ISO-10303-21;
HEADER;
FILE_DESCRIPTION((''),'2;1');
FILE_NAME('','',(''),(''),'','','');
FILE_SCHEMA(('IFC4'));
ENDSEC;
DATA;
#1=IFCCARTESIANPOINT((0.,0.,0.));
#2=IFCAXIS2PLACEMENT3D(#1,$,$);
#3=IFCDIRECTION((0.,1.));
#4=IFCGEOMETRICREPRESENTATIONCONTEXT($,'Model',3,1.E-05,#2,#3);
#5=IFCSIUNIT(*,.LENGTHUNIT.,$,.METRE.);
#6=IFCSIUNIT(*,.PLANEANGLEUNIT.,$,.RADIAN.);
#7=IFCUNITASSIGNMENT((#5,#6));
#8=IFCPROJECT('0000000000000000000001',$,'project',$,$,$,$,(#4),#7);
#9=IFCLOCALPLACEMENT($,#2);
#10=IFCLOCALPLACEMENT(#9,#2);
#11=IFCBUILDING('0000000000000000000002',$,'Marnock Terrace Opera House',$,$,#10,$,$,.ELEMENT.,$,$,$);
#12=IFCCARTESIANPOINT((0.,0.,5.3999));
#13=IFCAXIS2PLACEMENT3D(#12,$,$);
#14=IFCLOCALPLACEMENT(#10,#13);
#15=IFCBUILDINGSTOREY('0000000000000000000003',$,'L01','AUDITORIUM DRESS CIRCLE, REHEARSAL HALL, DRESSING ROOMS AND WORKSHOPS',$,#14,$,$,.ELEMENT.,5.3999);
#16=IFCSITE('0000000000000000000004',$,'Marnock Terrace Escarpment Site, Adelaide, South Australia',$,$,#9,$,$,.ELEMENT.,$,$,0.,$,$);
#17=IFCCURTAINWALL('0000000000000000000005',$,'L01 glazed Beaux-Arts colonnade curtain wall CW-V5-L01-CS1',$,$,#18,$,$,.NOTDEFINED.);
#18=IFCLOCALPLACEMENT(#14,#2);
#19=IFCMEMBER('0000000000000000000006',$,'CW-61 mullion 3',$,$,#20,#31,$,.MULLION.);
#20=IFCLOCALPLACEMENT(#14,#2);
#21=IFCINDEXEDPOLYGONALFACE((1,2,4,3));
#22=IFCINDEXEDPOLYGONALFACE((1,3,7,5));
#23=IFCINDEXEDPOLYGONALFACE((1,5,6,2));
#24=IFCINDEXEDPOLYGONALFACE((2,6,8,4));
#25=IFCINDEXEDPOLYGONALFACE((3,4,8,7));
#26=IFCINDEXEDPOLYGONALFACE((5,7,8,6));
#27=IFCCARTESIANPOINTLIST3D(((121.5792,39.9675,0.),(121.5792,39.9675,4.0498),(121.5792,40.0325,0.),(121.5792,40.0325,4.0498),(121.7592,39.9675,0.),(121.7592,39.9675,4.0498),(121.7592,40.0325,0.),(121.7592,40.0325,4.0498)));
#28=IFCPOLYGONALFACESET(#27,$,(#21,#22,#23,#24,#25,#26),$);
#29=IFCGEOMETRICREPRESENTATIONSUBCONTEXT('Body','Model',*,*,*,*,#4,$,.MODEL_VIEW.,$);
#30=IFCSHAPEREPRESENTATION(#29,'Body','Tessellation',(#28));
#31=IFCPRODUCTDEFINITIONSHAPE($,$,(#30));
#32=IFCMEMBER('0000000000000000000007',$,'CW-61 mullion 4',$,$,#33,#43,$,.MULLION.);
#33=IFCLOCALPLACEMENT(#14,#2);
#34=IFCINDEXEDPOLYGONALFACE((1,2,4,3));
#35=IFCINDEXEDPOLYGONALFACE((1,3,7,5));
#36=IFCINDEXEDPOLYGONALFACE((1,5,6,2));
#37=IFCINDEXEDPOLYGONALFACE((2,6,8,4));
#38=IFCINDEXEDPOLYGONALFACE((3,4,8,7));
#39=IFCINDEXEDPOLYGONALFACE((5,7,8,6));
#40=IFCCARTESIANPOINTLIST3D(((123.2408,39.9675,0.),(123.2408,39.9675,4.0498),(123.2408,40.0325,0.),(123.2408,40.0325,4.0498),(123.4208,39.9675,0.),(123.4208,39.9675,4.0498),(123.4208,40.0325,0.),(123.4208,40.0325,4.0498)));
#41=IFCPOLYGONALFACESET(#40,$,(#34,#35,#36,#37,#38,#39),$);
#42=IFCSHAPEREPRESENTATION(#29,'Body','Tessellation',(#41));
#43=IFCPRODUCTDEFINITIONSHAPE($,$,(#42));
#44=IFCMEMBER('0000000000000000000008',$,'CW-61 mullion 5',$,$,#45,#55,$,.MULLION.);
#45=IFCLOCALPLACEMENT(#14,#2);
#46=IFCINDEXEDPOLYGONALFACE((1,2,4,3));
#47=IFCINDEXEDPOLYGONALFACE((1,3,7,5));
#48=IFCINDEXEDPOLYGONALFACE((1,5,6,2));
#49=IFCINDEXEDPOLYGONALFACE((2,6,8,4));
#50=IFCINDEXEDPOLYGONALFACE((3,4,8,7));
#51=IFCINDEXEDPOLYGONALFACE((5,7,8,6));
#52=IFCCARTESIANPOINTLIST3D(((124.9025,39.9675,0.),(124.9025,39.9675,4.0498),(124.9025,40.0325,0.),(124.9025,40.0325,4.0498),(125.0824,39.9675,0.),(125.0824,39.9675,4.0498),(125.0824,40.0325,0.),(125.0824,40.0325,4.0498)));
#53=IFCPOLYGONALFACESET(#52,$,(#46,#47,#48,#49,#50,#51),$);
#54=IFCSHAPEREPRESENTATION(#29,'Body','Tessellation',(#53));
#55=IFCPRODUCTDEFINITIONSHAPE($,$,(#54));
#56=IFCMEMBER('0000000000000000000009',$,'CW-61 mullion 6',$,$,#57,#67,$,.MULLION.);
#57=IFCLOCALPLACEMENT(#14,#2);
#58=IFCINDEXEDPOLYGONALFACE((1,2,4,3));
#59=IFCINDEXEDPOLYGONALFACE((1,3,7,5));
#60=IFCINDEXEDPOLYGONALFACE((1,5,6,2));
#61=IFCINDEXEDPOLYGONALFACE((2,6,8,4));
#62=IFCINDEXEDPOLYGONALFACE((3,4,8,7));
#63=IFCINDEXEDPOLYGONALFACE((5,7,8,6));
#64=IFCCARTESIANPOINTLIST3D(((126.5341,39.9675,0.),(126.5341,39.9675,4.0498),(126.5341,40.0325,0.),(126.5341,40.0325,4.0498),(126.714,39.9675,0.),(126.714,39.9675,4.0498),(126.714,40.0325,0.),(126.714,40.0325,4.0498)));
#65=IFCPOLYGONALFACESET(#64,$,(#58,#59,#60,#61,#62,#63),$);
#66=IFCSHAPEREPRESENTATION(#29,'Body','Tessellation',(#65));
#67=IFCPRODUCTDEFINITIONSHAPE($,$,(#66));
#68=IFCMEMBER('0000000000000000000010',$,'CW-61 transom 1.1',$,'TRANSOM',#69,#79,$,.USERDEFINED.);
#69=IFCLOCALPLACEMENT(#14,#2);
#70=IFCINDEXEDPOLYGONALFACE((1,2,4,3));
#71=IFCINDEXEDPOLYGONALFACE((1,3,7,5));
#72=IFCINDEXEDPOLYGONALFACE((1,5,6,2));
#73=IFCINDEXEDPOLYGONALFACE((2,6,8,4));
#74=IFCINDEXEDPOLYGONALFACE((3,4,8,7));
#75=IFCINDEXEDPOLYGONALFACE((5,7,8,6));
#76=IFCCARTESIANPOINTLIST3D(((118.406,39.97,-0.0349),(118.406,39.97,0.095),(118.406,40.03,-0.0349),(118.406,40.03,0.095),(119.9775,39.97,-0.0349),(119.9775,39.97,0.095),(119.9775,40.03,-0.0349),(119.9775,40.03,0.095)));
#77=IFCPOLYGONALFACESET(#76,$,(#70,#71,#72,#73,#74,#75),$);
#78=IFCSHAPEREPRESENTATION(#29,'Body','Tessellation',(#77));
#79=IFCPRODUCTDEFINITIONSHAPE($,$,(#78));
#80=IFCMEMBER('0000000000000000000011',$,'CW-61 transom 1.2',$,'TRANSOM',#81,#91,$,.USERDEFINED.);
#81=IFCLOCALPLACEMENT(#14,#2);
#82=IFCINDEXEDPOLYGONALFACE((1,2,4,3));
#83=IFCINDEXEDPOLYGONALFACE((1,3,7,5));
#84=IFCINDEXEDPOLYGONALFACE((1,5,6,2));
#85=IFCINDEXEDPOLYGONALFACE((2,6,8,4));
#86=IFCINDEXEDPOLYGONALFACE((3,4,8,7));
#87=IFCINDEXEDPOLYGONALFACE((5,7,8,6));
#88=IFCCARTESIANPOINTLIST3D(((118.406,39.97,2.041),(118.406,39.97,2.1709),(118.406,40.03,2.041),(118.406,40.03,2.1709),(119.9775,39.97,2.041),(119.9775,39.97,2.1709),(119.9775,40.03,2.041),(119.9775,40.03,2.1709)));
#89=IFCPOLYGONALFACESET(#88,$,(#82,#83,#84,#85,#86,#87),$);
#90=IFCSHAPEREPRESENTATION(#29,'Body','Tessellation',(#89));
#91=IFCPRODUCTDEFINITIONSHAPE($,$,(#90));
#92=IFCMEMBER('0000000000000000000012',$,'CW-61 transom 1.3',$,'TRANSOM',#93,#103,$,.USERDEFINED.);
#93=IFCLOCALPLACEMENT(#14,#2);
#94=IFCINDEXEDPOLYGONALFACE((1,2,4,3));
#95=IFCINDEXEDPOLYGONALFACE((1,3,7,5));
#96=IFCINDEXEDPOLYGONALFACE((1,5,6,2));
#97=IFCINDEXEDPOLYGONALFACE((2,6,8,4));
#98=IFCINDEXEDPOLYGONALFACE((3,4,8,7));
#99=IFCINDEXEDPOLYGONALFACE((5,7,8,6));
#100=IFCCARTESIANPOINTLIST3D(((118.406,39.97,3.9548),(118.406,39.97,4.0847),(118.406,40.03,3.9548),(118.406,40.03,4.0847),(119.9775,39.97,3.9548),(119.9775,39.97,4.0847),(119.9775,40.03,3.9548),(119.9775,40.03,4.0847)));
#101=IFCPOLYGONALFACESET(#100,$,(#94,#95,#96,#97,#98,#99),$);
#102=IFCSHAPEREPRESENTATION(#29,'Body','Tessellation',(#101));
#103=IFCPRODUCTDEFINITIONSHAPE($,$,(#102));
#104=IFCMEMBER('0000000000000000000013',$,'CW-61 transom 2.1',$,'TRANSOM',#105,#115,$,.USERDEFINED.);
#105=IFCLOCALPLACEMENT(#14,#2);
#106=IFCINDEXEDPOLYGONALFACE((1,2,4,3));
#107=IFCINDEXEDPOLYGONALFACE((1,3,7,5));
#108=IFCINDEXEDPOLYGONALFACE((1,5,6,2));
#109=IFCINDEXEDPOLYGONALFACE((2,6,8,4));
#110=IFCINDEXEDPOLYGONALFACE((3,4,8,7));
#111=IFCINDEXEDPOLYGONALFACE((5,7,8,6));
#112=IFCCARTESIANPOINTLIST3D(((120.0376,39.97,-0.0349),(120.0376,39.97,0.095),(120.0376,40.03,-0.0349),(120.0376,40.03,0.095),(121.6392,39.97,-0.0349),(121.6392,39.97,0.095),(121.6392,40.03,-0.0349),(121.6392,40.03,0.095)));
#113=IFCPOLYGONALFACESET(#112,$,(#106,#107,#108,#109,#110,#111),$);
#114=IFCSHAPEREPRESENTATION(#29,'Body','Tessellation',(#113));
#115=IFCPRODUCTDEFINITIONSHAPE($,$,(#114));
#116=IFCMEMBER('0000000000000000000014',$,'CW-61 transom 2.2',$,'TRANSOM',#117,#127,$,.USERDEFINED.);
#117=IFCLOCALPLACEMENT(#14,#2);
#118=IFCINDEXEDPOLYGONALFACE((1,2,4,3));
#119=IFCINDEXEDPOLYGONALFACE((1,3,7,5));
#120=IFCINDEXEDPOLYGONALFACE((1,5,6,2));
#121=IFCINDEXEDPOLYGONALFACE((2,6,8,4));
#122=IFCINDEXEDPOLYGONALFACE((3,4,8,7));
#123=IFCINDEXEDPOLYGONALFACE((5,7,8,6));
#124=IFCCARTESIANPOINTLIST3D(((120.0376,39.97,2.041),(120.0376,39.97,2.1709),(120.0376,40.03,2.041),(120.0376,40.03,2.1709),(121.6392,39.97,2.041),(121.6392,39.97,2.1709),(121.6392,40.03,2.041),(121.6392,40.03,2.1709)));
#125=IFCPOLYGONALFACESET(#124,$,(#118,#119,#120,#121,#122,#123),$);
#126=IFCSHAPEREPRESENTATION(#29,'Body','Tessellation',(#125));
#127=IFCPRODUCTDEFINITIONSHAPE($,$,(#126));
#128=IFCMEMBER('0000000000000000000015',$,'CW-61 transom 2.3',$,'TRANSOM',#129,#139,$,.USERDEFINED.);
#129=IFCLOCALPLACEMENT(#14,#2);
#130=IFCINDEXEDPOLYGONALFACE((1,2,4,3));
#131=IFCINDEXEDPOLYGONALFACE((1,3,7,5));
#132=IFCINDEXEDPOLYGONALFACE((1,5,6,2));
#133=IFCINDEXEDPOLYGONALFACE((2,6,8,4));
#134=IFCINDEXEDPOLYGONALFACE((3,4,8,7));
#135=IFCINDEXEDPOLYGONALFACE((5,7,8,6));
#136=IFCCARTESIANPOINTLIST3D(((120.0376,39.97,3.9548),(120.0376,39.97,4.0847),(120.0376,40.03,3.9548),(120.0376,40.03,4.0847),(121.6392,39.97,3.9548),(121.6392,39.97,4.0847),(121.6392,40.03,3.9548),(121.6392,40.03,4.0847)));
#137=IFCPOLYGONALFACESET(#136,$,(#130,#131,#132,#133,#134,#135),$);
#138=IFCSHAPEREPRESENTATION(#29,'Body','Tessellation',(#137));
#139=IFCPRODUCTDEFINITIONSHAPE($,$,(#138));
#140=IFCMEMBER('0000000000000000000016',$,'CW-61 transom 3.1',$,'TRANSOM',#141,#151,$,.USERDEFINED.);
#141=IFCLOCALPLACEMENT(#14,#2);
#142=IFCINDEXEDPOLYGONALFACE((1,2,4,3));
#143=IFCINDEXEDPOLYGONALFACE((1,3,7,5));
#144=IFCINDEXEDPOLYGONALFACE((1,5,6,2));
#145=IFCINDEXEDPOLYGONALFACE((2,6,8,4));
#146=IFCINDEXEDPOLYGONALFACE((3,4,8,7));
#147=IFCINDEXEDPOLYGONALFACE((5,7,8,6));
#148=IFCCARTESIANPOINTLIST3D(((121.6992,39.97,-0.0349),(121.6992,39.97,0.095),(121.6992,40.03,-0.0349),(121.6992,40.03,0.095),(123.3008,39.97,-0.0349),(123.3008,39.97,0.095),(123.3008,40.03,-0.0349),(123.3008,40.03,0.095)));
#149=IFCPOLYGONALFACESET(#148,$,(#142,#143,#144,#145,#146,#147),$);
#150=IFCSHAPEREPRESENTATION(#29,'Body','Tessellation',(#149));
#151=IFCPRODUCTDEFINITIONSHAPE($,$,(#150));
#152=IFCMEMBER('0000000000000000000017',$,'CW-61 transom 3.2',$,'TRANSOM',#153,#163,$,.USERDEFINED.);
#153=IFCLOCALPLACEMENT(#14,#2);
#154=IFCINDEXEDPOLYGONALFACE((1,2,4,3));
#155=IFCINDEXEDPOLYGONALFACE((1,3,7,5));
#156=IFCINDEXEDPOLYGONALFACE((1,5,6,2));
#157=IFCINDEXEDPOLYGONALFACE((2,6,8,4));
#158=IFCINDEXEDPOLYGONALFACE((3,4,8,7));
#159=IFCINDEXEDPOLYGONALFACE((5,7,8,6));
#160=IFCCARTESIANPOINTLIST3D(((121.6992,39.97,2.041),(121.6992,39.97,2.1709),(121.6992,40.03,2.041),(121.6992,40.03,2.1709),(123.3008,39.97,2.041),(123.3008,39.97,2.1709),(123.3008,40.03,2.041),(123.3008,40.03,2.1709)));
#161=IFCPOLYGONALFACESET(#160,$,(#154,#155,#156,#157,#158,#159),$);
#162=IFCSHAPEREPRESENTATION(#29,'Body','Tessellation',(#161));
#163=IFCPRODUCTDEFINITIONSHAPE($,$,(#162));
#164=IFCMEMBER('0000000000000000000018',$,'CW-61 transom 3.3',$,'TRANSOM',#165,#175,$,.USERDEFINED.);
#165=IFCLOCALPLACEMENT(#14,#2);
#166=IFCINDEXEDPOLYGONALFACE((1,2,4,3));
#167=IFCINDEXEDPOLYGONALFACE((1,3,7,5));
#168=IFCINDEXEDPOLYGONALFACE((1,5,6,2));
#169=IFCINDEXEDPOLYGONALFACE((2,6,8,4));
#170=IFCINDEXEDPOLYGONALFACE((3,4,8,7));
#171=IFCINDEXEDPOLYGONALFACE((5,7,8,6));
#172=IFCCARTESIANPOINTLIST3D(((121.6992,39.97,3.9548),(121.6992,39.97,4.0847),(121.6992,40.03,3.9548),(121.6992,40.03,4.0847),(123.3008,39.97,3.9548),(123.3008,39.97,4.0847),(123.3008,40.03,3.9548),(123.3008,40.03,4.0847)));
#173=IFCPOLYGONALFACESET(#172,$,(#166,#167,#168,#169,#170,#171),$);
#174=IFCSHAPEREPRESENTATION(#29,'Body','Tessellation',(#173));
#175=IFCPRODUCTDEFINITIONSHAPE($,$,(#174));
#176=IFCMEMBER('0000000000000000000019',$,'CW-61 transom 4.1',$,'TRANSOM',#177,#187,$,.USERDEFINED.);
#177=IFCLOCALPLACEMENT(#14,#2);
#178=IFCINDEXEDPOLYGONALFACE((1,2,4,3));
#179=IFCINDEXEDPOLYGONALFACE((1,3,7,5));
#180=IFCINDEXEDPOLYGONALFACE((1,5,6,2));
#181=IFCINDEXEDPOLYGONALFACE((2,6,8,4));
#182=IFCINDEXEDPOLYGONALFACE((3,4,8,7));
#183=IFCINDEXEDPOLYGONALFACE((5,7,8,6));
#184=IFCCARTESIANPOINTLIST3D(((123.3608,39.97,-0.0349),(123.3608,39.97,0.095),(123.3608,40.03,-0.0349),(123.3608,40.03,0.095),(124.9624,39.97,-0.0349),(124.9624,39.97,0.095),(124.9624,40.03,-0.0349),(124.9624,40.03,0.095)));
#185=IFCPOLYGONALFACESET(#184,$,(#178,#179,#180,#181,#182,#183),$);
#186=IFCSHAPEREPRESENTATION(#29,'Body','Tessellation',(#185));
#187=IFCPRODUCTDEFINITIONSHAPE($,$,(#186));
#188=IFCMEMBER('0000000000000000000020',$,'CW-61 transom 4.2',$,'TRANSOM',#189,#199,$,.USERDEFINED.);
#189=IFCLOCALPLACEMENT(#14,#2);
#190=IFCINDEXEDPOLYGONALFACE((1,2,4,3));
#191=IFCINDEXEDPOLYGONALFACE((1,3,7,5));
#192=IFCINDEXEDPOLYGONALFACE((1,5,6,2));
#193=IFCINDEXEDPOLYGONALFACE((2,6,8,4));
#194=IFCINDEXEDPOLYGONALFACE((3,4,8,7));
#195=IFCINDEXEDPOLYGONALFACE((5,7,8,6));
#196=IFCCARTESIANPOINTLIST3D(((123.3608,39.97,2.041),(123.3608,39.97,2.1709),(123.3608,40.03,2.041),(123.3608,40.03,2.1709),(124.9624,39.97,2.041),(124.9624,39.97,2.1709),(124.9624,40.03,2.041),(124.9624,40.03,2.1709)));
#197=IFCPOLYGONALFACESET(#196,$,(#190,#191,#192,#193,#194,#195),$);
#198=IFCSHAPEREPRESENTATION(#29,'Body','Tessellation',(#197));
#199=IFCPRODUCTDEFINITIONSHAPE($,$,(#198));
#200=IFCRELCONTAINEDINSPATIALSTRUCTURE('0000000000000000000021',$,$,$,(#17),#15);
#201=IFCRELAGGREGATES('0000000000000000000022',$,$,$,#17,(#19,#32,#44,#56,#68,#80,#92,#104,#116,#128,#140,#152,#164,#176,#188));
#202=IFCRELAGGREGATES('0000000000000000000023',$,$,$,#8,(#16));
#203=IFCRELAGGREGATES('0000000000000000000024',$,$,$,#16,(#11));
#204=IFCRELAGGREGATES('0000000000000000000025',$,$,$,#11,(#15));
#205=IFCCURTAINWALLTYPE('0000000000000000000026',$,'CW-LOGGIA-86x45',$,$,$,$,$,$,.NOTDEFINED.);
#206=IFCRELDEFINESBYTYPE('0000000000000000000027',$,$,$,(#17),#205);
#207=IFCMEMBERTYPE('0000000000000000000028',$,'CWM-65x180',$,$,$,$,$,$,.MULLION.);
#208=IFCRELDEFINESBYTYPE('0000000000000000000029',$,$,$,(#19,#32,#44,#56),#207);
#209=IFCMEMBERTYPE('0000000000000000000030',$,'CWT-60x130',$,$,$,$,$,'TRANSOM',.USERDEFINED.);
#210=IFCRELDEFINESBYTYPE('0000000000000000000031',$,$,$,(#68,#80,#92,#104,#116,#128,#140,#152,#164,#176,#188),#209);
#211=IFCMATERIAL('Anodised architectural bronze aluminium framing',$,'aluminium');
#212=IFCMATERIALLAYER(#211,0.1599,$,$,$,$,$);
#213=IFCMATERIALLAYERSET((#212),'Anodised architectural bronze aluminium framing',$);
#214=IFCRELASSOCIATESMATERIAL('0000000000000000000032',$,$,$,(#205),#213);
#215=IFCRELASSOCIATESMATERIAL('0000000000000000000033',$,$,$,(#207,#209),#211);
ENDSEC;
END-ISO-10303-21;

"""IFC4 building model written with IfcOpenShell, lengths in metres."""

from ifc_helpers import new_model, si_unit, direction, frame, origin, origin_2d, place, context, subcontext, project, spatial, rectangle, extrude, material, layer, layer_set, material_profile, profile_set, type_object, element, aggregate, save


model = new_model("IFC4")

# Units and contexts
model_context = context("Model", 3, precision=1e-05, world=origin(), true_north=direction((0.0, 1.0)))
body_context = subcontext(model_context, "Body", "Model", "MODEL_VIEW")
ifc_project = project(units=[si_unit("LENGTHUNIT", "METRE"), si_unit("PLANEANGLEUNIT", "RADIAN")], contexts=[model_context])

# Site, building, storey
site_placement = place(None, origin())
site = spatial("IfcSite", under=ifc_project, at=site_placement, Name="Marnock Terrace Escarpment Site, Adelaide, South Australia", CompositionType="ELEMENT", RefElevation=0.0)
building_placement = place(site_placement, origin())
building = spatial("IfcBuilding", under=site, at=building_placement, Name="Marnock Terrace Opera House", CompositionType="ELEMENT")
storey_placement = place(building_placement, frame((0.0, 0.0, 5.3999)))
storey = spatial("IfcBuildingStorey", under=building, at=storey_placement, Name="L01", Description="AUDITORIUM DRESS CIRCLE, REHEARSAL HALL, DRESSING ROOMS AND WORKSHOPS", CompositionType="ELEMENT", Elevation=5.3999)

# Shared definitions
ifc_material_1 = material(Name="Anodised architectural bronze aluminium framing", Category="aluminium")
ifc_layer_1 = layer(ifc_material_1, 0.1599)
ifc_layer_set_1 = layer_set([ifc_layer_1], Name="Anodised architectural bronze aluminium framing")
curtain_wall_type = type_object("IfcCurtainWallType", Name="CW-LOGGIA-86x45", PredefinedType="NOTDEFINED", material=ifc_layer_set_1)
ifc_material_profile_1 = material_profile(ifc_material_1, rectangle(XDim=0.0649, YDim=0.1799, at=origin_2d()))
ifc_profile_set_1 = profile_set([ifc_material_profile_1], Name="Anodised architectural bronze aluminium framing")
member_type_1 = type_object("IfcMemberType", Name="CWM-65x180", PredefinedType="MULLION", material=ifc_profile_set_1)

# Curtain wall, members
curtain_wall_1_placement = place(storey_placement, origin())
curtain_wall_1 = element("IfcCurtainWall", 1, at=curtain_wall_1_placement, inside=storey, type_object=curtain_wall_type, Name="L01 glazed Beaux-Arts colonnade curtain wall CW-V5-L01-CS1", PredefinedType="NOTDEFINED")
member_1_placement = place(storey_placement, frame((121.6692, 40.0, 0.0), z_axis=(0.0, 0.0, 1.0), x_axis=(0.0, 1.0, 0.0)))
member_1 = element("IfcMember", 2, at=member_1_placement, type_object=member_type_1, Name="CW-61 mullion 3", PredefinedType="MULLION", context=body_context, shape_type="SweptSolid", body=[
    extrude(rectangle(XDim=0.0649, YDim=0.1799, at=origin_2d()), origin(), (0.0, 0.0, 1.0), 4.0498),
])
member_2_placement = place(storey_placement, frame((123.3308, 40.0, 0.0), z_axis=(0.0, 0.0, 1.0), x_axis=(0.0, 1.0, 0.0)))
member_2 = element("IfcMember", 3, at=member_2_placement, type_object=member_type_1, Name="CW-61 mullion 4", PredefinedType="MULLION", context=body_context, shape_type="SweptSolid", body=[
    extrude(rectangle(XDim=0.0649, YDim=0.1799, at=origin_2d()), origin(), (0.0, 0.0, 1.0), 4.0498),
])
member_3_placement = place(storey_placement, frame((124.9924, 40.0, 0.0), z_axis=(0.0, 0.0, 1.0), x_axis=(0.0, 1.0, 0.0)))
member_3 = element("IfcMember", 4, at=member_3_placement, type_object=member_type_1, Name="CW-61 mullion 5", PredefinedType="MULLION", context=body_context, shape_type="SweptSolid", body=[
    extrude(rectangle(XDim=0.0649, YDim=0.1799, at=origin_2d()), origin(), (0.0, 0.0, 1.0), 4.0498),
])
member_4_placement = place(storey_placement, frame((126.624, 40.0, 0.0), z_axis=(0.0, 0.0, 1.0), x_axis=(0.0, 1.0, 0.0)))
member_4 = element("IfcMember", 5, at=member_4_placement, type_object=member_type_1, Name="CW-61 mullion 6", PredefinedType="MULLION", context=body_context, shape_type="SweptSolid", body=[
    extrude(rectangle(XDim=0.0649, YDim=0.1799, at=origin_2d()), origin(), (0.0, 0.0, 1.0), 4.0498),
])
ifc_material_profile_2 = material_profile(ifc_material_1, rectangle(XDim=0.0601, YDim=0.1299, at=origin_2d()))
ifc_profile_set_2 = profile_set([ifc_material_profile_2], Name="Anodised architectural bronze aluminium framing")
member_type_2 = type_object("IfcMemberType", Name="CWT-60x130", ElementType="TRANSOM", PredefinedType="USERDEFINED", material=ifc_profile_set_2)
member_5_placement = place(storey_placement, frame((118.406, 40.0, 0.03), z_axis=(1.0, 0.0, 0.0), x_axis=(0.0, 1.0, 0.0)))
member_5 = element("IfcMember", 6, at=member_5_placement, type_object=member_type_2, Name="CW-61 transom 1.1", ObjectType="TRANSOM", PredefinedType="USERDEFINED", context=body_context, shape_type="SweptSolid", body=[
    extrude(rectangle(XDim=0.0601, YDim=0.1299, at=origin_2d()), origin(), (0.0, 0.0, 1.0), 1.5715),
])
member_6_placement = place(storey_placement, frame((118.406, 40.0, 2.106), z_axis=(1.0, 0.0, 0.0), x_axis=(0.0, 1.0, 0.0)))
member_6 = element("IfcMember", 7, at=member_6_placement, type_object=member_type_2, Name="CW-61 transom 1.2", ObjectType="TRANSOM", PredefinedType="USERDEFINED", context=body_context, shape_type="SweptSolid", body=[
    extrude(rectangle(XDim=0.0601, YDim=0.1299, at=origin_2d()), origin(), (0.0, 0.0, 1.0), 1.5715),
])
member_7_placement = place(storey_placement, frame((118.406, 40.0, 4.0198), z_axis=(1.0, 0.0, 0.0), x_axis=(0.0, 1.0, 0.0)))
member_7 = element("IfcMember", 8, at=member_7_placement, type_object=member_type_2, Name="CW-61 transom 1.3", ObjectType="TRANSOM", PredefinedType="USERDEFINED", context=body_context, shape_type="SweptSolid", body=[
    extrude(rectangle(XDim=0.0601, YDim=0.1299, at=origin_2d()), origin(), (0.0, 0.0, 1.0), 1.5715),
])
member_8_placement = place(storey_placement, frame((120.0376, 40.0, 0.03), z_axis=(1.0, 0.0, 0.0), x_axis=(0.0, 1.0, 0.0)))
member_8 = element("IfcMember", 9, at=member_8_placement, type_object=member_type_2, Name="CW-61 transom 2.1", ObjectType="TRANSOM", PredefinedType="USERDEFINED", context=body_context, shape_type="SweptSolid", body=[
    extrude(rectangle(XDim=0.0601, YDim=0.1299, at=origin_2d()), origin(), (0.0, 0.0, 1.0), 1.6016),
])
member_9_placement = place(storey_placement, frame((120.0376, 40.0, 2.106), z_axis=(1.0, 0.0, 0.0), x_axis=(0.0, 1.0, 0.0)))
member_9 = element("IfcMember", 10, at=member_9_placement, type_object=member_type_2, Name="CW-61 transom 2.2", ObjectType="TRANSOM", PredefinedType="USERDEFINED", context=body_context, shape_type="SweptSolid", body=[
    extrude(rectangle(XDim=0.0601, YDim=0.1299, at=origin_2d()), origin(), (0.0, 0.0, 1.0), 1.6016),
])
member_10_placement = place(storey_placement, frame((120.0376, 40.0, 4.0198), z_axis=(1.0, 0.0, 0.0), x_axis=(0.0, 1.0, 0.0)))
member_10 = element("IfcMember", 11, at=member_10_placement, type_object=member_type_2, Name="CW-61 transom 2.3", ObjectType="TRANSOM", PredefinedType="USERDEFINED", context=body_context, shape_type="SweptSolid", body=[
    extrude(rectangle(XDim=0.0601, YDim=0.1299, at=origin_2d()), origin(), (0.0, 0.0, 1.0), 1.6016),
])
member_11_placement = place(storey_placement, frame((121.6992, 40.0, 0.03), z_axis=(1.0, 0.0, 0.0), x_axis=(0.0, 1.0, 0.0)))
member_11 = element("IfcMember", 12, at=member_11_placement, type_object=member_type_2, Name="CW-61 transom 3.1", ObjectType="TRANSOM", PredefinedType="USERDEFINED", context=body_context, shape_type="SweptSolid", body=[
    extrude(rectangle(XDim=0.0601, YDim=0.1299, at=origin_2d()), origin(), (0.0, 0.0, 1.0), 1.6016),
])
member_12_placement = place(storey_placement, frame((121.6992, 40.0, 2.106), z_axis=(1.0, 0.0, 0.0), x_axis=(0.0, 1.0, 0.0)))
member_12 = element("IfcMember", 13, at=member_12_placement, type_object=member_type_2, Name="CW-61 transom 3.2", ObjectType="TRANSOM", PredefinedType="USERDEFINED", context=body_context, shape_type="SweptSolid", body=[
    extrude(rectangle(XDim=0.0601, YDim=0.1299, at=origin_2d()), origin(), (0.0, 0.0, 1.0), 1.6016),
])
member_13_placement = place(storey_placement, frame((121.6992, 40.0, 4.0198), z_axis=(1.0, 0.0, 0.0), x_axis=(0.0, 1.0, 0.0)))
member_13 = element("IfcMember", 14, at=member_13_placement, type_object=member_type_2, Name="CW-61 transom 3.3", ObjectType="TRANSOM", PredefinedType="USERDEFINED", context=body_context, shape_type="SweptSolid", body=[
    extrude(rectangle(XDim=0.0601, YDim=0.1299, at=origin_2d()), origin(), (0.0, 0.0, 1.0), 1.6016),
])
member_14_placement = place(storey_placement, frame((123.3608, 40.0, 0.03), z_axis=(1.0, 0.0, 0.0), x_axis=(0.0, 1.0, 0.0)))
member_14 = element("IfcMember", 15, at=member_14_placement, type_object=member_type_2, Name="CW-61 transom 4.1", ObjectType="TRANSOM", PredefinedType="USERDEFINED", context=body_context, shape_type="SweptSolid", body=[
    extrude(rectangle(XDim=0.0601, YDim=0.1299, at=origin_2d()), origin(), (0.0, 0.0, 1.0), 1.6016),
])
member_15_placement = place(storey_placement, frame((123.3608, 40.0, 2.106), z_axis=(1.0, 0.0, 0.0), x_axis=(0.0, 1.0, 0.0)))
member_15 = element("IfcMember", 16, at=member_15_placement, type_object=member_type_2, Name="CW-61 transom 4.2", ObjectType="TRANSOM", PredefinedType="USERDEFINED", context=body_context, shape_type="SweptSolid", body=[
    extrude(rectangle(XDim=0.0601, YDim=0.1299, at=origin_2d()), origin(), (0.0, 0.0, 1.0), 1.6016),
])

aggregate(curtain_wall_1, [member_1, member_2, member_3, member_4, member_5, member_6, member_7, member_8, member_9, member_10, member_11, member_12, member_13, member_14, member_15])

save(model, "model.ifc")
